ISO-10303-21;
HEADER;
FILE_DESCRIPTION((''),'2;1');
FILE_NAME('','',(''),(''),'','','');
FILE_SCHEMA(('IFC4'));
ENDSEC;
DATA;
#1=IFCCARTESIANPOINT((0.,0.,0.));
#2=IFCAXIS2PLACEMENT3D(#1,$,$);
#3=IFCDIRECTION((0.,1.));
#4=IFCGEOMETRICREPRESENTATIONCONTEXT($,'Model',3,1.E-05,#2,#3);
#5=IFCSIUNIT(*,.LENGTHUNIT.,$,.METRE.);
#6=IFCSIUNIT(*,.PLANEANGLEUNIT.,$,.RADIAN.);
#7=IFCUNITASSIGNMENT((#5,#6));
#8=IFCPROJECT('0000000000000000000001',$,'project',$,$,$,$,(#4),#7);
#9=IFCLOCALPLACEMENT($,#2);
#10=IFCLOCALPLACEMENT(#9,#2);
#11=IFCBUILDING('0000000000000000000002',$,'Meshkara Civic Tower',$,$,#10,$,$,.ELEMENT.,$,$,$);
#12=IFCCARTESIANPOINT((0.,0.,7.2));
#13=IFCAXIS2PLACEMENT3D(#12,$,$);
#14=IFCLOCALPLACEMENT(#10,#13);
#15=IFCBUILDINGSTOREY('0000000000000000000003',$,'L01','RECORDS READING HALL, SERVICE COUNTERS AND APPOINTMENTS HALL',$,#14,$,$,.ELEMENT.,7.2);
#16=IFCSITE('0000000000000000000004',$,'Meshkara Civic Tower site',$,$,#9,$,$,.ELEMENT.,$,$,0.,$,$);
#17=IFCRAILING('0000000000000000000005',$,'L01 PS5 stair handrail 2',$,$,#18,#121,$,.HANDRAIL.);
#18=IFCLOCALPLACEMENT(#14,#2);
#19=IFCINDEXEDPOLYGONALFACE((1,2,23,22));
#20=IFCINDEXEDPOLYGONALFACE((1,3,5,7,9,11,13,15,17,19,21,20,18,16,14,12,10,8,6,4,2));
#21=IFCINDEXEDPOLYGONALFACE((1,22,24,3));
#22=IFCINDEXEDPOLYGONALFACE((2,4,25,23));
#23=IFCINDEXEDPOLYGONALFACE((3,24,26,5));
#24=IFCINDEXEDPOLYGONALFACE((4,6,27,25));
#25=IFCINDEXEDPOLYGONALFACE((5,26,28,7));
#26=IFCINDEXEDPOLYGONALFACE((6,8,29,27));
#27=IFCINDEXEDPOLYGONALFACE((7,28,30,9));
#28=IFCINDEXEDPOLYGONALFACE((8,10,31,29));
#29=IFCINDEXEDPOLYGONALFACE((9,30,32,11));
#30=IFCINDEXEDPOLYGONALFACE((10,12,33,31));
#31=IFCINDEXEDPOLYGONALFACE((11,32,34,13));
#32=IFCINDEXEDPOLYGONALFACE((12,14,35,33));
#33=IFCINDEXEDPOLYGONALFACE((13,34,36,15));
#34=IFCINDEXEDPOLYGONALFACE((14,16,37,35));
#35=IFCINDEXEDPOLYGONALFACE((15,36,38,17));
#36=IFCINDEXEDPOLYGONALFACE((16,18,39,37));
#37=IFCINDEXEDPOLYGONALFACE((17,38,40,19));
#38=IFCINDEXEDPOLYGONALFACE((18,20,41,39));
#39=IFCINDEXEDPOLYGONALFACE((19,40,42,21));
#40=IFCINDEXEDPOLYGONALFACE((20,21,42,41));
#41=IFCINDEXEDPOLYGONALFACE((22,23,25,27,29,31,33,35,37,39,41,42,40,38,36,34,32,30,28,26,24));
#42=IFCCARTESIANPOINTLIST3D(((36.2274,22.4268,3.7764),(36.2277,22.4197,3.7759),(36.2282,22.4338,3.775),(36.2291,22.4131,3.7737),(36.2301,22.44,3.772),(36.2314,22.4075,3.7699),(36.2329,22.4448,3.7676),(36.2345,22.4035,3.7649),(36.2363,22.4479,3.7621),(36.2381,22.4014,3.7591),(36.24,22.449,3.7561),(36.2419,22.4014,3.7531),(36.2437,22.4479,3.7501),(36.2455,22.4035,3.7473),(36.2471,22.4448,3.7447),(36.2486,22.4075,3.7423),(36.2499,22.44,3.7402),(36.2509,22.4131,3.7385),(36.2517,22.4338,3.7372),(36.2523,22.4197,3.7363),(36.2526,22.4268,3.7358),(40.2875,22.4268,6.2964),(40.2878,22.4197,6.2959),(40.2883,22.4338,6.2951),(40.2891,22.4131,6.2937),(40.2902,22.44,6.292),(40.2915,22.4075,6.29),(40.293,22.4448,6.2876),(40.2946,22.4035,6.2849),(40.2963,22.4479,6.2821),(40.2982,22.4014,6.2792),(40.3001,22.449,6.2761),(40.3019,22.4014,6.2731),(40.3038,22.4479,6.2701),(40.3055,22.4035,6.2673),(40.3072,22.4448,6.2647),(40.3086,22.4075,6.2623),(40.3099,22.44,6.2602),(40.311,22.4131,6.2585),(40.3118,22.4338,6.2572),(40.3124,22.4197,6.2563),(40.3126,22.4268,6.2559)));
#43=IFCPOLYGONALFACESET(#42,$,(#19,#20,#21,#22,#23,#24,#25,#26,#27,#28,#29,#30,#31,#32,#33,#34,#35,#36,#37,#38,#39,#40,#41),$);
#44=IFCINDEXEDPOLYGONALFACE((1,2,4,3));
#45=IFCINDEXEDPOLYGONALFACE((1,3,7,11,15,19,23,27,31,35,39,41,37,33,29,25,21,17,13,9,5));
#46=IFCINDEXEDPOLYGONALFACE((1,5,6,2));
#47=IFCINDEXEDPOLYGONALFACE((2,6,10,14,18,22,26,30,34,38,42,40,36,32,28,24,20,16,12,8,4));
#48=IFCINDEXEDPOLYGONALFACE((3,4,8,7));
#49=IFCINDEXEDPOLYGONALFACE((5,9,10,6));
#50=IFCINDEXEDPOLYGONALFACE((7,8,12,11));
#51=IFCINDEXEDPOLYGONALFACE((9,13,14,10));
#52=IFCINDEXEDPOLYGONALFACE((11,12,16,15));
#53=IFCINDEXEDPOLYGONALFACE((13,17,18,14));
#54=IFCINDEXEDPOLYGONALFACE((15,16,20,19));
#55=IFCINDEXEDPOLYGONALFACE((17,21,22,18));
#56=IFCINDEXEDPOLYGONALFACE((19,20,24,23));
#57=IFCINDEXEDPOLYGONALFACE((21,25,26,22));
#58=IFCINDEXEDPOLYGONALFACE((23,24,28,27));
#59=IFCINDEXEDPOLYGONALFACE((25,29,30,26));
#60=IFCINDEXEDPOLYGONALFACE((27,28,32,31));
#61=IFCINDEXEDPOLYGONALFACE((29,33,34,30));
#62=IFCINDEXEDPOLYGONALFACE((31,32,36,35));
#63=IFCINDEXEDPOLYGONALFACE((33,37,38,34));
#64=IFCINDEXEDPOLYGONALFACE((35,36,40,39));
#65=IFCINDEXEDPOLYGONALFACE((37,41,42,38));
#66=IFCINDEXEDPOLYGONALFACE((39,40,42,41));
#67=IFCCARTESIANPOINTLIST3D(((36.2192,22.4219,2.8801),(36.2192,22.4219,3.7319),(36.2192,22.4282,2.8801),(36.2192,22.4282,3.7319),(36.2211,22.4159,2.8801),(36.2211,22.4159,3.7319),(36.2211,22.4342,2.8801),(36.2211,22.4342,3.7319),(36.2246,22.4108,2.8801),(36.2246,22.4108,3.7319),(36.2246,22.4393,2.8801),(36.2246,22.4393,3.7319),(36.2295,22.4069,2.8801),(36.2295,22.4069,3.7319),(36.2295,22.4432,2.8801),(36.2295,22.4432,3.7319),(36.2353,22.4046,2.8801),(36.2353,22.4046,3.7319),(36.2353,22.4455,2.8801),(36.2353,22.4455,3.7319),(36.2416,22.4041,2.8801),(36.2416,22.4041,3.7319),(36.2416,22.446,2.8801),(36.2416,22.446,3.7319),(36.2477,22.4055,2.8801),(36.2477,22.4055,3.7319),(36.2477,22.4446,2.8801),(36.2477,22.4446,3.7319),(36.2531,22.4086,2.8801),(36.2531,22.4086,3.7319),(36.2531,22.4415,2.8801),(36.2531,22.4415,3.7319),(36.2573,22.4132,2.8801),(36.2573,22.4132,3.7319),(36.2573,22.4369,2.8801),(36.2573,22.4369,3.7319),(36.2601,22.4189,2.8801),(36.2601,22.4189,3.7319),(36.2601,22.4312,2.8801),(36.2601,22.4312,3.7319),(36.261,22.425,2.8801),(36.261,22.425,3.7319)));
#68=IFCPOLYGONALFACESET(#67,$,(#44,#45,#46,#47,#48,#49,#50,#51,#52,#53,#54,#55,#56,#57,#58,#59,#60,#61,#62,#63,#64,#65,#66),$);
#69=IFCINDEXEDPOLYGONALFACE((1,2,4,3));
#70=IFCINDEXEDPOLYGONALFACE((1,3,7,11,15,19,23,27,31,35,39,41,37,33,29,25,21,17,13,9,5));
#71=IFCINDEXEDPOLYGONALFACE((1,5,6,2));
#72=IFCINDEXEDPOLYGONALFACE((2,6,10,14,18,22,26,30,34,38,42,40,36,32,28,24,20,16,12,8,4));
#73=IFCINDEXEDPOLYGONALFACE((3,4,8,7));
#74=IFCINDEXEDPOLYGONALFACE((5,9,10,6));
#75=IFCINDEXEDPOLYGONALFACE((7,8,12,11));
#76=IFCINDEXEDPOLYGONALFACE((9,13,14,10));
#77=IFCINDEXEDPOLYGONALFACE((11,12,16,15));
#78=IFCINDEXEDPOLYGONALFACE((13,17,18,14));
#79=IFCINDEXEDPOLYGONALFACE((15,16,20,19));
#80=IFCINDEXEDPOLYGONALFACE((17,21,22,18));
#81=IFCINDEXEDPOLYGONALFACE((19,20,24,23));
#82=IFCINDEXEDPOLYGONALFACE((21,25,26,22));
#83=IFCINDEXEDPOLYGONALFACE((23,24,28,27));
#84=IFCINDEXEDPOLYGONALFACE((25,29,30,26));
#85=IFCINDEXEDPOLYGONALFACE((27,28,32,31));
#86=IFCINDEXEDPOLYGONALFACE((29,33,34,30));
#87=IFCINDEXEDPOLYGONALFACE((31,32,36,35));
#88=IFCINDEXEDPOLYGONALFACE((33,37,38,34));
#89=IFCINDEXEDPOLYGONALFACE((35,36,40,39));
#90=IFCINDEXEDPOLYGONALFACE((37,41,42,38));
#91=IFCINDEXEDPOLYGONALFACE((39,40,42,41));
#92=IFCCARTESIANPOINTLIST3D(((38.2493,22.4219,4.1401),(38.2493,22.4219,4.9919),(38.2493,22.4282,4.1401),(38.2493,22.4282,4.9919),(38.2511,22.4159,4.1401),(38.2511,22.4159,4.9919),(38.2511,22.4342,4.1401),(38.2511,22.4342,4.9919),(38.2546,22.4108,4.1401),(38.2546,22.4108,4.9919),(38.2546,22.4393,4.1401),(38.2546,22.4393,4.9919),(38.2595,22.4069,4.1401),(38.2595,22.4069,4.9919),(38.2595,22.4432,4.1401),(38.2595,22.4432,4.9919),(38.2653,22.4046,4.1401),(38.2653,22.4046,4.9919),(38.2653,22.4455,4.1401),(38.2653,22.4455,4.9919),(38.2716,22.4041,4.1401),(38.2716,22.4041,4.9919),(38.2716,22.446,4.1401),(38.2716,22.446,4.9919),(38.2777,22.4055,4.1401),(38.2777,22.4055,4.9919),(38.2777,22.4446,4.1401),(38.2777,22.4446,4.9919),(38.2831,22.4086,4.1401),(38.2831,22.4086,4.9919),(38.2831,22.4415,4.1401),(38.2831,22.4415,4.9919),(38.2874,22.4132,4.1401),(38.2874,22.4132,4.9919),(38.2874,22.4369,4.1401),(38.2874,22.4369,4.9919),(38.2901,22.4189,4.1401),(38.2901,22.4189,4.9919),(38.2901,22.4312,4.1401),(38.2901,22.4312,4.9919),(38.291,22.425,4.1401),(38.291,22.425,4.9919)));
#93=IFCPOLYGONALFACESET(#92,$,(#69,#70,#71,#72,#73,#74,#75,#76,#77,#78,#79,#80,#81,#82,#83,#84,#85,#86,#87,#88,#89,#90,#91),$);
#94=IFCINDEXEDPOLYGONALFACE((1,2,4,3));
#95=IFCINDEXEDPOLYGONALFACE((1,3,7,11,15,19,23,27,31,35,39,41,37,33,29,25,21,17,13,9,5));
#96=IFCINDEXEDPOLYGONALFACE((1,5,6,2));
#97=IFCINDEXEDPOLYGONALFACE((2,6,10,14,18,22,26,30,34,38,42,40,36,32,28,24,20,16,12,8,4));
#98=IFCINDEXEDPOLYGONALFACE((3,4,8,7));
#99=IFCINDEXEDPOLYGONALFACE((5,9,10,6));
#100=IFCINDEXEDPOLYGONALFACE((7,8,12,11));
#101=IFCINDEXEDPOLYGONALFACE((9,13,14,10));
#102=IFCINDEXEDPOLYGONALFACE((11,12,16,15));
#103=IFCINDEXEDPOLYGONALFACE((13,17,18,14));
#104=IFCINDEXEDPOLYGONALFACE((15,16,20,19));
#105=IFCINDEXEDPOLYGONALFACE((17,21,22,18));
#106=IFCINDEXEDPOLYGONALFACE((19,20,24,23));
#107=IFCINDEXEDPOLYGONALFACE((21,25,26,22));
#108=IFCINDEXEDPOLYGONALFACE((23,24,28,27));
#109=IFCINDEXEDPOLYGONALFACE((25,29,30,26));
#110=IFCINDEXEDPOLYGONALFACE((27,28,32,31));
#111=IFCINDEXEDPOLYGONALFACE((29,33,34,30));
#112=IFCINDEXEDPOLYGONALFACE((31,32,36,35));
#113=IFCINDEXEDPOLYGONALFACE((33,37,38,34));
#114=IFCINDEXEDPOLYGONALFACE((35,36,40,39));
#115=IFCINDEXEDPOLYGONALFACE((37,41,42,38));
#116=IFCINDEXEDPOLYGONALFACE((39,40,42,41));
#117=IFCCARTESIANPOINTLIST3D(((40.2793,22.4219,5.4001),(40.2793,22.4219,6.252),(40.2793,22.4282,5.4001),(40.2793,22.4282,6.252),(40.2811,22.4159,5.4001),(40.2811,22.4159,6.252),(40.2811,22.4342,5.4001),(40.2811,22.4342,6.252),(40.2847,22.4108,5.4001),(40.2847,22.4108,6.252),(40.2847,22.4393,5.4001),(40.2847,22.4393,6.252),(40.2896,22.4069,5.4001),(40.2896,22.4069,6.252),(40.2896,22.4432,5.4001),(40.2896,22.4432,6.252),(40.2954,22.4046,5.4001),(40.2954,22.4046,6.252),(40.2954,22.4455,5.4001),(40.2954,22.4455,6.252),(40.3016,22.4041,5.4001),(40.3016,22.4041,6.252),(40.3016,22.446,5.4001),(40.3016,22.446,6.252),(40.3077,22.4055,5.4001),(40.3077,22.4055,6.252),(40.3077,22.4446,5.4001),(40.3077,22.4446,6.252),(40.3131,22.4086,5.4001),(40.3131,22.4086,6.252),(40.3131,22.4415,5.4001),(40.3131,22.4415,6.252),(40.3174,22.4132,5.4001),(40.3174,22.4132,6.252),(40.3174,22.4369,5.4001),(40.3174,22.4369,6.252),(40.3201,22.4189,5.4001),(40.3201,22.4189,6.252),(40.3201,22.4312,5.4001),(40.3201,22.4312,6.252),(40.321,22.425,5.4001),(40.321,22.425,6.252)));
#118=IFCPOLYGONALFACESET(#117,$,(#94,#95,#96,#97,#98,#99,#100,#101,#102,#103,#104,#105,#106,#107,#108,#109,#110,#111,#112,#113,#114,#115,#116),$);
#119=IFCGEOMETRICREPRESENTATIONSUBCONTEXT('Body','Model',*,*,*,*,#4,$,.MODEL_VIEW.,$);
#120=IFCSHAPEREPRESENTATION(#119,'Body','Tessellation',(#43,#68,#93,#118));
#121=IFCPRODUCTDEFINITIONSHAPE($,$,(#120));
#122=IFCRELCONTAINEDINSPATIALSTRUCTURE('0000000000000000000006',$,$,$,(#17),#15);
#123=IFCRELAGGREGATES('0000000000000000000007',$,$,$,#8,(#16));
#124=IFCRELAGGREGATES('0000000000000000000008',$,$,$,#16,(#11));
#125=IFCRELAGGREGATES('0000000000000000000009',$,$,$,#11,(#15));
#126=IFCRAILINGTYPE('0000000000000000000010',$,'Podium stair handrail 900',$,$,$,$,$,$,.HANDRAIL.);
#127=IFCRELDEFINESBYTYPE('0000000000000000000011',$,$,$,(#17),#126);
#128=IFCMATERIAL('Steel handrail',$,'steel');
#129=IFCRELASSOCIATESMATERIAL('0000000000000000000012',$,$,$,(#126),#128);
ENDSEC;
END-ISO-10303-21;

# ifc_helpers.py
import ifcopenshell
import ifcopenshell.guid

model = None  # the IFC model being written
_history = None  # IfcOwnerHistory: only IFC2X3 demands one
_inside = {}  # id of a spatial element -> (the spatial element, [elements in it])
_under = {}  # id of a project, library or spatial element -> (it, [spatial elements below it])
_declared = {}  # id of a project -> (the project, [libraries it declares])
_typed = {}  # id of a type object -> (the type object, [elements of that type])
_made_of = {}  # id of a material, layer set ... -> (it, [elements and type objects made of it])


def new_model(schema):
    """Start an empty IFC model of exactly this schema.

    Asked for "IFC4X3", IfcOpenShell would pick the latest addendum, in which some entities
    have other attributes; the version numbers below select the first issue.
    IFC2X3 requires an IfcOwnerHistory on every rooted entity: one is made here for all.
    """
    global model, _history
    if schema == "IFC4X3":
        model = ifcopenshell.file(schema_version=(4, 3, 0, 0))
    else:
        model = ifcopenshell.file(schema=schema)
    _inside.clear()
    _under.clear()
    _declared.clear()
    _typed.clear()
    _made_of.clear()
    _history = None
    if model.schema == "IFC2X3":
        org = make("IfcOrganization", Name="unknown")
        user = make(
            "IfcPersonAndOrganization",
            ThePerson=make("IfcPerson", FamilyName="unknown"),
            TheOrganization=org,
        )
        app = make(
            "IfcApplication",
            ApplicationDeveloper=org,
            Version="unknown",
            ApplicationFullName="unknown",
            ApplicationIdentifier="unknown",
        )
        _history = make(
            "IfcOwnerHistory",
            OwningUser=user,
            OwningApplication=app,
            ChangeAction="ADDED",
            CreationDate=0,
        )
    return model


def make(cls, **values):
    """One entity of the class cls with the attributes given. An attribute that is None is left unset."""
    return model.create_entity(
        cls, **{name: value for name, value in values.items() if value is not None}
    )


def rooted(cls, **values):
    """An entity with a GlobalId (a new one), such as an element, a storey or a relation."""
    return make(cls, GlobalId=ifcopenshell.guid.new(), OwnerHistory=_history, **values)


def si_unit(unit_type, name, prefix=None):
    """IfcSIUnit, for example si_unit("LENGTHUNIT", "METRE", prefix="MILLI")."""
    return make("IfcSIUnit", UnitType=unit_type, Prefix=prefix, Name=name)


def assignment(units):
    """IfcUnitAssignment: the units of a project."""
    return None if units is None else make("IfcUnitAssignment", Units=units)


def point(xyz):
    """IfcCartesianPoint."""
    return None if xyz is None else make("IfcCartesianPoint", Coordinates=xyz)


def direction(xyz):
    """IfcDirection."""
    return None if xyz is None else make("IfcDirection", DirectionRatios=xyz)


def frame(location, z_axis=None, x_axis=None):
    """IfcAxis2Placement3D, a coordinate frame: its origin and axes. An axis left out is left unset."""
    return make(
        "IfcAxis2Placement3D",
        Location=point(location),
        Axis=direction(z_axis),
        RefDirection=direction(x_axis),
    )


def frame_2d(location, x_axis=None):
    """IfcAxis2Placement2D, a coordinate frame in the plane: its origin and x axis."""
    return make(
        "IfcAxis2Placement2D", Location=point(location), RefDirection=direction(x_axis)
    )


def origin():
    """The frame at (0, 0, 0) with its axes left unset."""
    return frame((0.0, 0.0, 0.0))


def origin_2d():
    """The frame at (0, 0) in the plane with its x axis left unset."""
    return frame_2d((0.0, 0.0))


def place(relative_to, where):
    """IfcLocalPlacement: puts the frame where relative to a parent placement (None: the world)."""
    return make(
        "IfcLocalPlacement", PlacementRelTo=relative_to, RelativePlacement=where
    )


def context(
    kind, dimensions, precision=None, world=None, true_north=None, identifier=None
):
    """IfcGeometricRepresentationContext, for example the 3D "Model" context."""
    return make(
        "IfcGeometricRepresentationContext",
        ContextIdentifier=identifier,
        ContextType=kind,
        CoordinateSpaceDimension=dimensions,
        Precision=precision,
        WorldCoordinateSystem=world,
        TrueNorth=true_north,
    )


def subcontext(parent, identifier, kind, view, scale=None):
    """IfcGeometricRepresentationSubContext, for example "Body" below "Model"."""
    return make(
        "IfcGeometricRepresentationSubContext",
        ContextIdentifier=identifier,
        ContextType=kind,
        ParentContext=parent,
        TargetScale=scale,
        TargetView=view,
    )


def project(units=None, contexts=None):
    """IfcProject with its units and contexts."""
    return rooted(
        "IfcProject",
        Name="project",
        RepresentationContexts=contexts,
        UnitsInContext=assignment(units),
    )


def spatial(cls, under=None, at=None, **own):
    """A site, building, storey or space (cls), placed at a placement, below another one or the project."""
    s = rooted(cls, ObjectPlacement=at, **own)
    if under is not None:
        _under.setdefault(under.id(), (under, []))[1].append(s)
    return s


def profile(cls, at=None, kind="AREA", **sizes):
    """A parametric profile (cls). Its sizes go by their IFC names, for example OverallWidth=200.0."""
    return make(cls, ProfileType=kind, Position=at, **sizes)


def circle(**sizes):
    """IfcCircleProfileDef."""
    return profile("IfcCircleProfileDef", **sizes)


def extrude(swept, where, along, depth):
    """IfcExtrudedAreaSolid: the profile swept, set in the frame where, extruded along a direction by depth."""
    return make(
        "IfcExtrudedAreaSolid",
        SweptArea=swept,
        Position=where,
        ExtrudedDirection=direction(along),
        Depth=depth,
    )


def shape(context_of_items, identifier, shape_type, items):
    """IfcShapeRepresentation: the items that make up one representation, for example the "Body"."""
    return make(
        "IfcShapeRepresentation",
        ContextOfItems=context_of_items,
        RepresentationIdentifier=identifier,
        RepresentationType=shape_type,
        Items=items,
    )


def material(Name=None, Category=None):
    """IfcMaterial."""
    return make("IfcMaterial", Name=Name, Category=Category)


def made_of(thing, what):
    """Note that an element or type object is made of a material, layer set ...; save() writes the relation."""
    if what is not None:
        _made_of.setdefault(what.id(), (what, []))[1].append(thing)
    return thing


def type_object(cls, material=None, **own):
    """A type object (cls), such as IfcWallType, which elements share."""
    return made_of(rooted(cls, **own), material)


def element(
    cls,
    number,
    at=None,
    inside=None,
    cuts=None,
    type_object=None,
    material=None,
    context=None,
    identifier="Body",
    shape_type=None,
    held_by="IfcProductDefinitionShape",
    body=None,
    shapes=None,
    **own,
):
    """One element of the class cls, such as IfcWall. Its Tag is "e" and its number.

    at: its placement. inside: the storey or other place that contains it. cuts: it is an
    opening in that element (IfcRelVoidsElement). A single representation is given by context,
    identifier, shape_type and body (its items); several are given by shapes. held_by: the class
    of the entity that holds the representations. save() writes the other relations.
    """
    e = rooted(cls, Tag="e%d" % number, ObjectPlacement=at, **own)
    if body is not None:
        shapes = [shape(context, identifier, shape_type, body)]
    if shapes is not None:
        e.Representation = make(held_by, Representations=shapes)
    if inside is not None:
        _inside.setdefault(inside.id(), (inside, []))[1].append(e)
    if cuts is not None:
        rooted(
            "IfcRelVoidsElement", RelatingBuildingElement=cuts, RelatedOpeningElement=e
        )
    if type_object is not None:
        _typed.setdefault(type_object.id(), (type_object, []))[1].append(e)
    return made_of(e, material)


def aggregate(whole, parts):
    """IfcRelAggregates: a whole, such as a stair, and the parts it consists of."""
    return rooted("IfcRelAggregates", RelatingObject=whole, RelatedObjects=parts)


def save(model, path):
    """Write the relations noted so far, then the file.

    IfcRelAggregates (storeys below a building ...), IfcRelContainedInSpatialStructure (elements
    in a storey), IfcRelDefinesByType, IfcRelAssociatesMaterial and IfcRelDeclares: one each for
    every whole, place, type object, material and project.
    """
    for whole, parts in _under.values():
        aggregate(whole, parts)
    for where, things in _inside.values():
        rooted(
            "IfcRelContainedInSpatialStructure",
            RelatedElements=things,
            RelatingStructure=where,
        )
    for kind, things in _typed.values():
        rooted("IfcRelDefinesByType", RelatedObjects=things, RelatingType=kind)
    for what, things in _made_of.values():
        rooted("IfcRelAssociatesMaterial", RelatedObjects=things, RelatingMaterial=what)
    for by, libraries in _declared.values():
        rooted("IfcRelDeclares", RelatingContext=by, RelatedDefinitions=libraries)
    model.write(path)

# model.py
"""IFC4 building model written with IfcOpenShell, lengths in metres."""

from ifc_helpers import new_model, si_unit, direction, frame, origin, origin_2d, place, context, subcontext, project, spatial, circle, extrude, material, type_object, element, save


model = new_model("IFC4")

# Units and contexts
model_context = context("Model", 3, precision=1e-05, world=origin(), true_north=direction((0.0, 1.0)))
body_context = subcontext(model_context, "Body", "Model", "MODEL_VIEW")
ifc_project = project(units=[si_unit("LENGTHUNIT", "METRE"), si_unit("PLANEANGLEUNIT", "RADIAN")], contexts=[model_context])

# Site, building, storey
site_placement = place(None, origin())
site = spatial("IfcSite", under=ifc_project, at=site_placement, Name="Meshkara Civic Tower site", CompositionType="ELEMENT", RefElevation=0.0)
building_placement = place(site_placement, origin())
building = spatial("IfcBuilding", under=site, at=building_placement, Name="Meshkara Civic Tower", CompositionType="ELEMENT")
storey_placement = place(building_placement, frame((0.0, 0.0, 7.2)))
storey = spatial("IfcBuildingStorey", under=building, at=storey_placement, Name="L01", Description="RECORDS READING HALL, SERVICE COUNTERS AND APPOINTMENTS HALL", CompositionType="ELEMENT", Elevation=7.2)

# Railing
ifc_material_1 = material(Name="Steel handrail", Category="steel")
railing_type_1 = type_object("IfcRailingType", Name="Podium stair handrail 900", PredefinedType="HANDRAIL", material=ifc_material_1)
railing_1_placement = place(storey_placement, frame((36.24, 22.425, 2.8801)))
element("IfcRailing", 1, at=railing_1_placement, inside=storey, type_object=railing_type_1, Name="L01 PS5 stair handrail 2", PredefinedType="HANDRAIL", context=body_context, shape_type="SweptSolid", body=[
    extrude(circle(Radius=0.0239, at=origin_2d()), frame((0.0, 0.0, 0.876), z_axis=(0.849642, 0.0, 0.52736), x_axis=(0.0, 1.0, 0.0)), (0.0, 0.0, 1.0), 4.7786),
    extrude(circle(Radius=0.021, at=origin_2d()), origin(), (0.0, 0.0, 1.0), 0.8518),
    extrude(circle(Radius=0.021, at=origin_2d()), frame((2.03, 0.0, 1.26)), (0.0, 0.0, 1.0), 0.8518),
    extrude(circle(Radius=0.021, at=origin_2d()), frame((4.0601, 0.0, 2.52)), (0.0, 0.0, 1.0), 0.8518),
])

save(model, "model.ifc")
